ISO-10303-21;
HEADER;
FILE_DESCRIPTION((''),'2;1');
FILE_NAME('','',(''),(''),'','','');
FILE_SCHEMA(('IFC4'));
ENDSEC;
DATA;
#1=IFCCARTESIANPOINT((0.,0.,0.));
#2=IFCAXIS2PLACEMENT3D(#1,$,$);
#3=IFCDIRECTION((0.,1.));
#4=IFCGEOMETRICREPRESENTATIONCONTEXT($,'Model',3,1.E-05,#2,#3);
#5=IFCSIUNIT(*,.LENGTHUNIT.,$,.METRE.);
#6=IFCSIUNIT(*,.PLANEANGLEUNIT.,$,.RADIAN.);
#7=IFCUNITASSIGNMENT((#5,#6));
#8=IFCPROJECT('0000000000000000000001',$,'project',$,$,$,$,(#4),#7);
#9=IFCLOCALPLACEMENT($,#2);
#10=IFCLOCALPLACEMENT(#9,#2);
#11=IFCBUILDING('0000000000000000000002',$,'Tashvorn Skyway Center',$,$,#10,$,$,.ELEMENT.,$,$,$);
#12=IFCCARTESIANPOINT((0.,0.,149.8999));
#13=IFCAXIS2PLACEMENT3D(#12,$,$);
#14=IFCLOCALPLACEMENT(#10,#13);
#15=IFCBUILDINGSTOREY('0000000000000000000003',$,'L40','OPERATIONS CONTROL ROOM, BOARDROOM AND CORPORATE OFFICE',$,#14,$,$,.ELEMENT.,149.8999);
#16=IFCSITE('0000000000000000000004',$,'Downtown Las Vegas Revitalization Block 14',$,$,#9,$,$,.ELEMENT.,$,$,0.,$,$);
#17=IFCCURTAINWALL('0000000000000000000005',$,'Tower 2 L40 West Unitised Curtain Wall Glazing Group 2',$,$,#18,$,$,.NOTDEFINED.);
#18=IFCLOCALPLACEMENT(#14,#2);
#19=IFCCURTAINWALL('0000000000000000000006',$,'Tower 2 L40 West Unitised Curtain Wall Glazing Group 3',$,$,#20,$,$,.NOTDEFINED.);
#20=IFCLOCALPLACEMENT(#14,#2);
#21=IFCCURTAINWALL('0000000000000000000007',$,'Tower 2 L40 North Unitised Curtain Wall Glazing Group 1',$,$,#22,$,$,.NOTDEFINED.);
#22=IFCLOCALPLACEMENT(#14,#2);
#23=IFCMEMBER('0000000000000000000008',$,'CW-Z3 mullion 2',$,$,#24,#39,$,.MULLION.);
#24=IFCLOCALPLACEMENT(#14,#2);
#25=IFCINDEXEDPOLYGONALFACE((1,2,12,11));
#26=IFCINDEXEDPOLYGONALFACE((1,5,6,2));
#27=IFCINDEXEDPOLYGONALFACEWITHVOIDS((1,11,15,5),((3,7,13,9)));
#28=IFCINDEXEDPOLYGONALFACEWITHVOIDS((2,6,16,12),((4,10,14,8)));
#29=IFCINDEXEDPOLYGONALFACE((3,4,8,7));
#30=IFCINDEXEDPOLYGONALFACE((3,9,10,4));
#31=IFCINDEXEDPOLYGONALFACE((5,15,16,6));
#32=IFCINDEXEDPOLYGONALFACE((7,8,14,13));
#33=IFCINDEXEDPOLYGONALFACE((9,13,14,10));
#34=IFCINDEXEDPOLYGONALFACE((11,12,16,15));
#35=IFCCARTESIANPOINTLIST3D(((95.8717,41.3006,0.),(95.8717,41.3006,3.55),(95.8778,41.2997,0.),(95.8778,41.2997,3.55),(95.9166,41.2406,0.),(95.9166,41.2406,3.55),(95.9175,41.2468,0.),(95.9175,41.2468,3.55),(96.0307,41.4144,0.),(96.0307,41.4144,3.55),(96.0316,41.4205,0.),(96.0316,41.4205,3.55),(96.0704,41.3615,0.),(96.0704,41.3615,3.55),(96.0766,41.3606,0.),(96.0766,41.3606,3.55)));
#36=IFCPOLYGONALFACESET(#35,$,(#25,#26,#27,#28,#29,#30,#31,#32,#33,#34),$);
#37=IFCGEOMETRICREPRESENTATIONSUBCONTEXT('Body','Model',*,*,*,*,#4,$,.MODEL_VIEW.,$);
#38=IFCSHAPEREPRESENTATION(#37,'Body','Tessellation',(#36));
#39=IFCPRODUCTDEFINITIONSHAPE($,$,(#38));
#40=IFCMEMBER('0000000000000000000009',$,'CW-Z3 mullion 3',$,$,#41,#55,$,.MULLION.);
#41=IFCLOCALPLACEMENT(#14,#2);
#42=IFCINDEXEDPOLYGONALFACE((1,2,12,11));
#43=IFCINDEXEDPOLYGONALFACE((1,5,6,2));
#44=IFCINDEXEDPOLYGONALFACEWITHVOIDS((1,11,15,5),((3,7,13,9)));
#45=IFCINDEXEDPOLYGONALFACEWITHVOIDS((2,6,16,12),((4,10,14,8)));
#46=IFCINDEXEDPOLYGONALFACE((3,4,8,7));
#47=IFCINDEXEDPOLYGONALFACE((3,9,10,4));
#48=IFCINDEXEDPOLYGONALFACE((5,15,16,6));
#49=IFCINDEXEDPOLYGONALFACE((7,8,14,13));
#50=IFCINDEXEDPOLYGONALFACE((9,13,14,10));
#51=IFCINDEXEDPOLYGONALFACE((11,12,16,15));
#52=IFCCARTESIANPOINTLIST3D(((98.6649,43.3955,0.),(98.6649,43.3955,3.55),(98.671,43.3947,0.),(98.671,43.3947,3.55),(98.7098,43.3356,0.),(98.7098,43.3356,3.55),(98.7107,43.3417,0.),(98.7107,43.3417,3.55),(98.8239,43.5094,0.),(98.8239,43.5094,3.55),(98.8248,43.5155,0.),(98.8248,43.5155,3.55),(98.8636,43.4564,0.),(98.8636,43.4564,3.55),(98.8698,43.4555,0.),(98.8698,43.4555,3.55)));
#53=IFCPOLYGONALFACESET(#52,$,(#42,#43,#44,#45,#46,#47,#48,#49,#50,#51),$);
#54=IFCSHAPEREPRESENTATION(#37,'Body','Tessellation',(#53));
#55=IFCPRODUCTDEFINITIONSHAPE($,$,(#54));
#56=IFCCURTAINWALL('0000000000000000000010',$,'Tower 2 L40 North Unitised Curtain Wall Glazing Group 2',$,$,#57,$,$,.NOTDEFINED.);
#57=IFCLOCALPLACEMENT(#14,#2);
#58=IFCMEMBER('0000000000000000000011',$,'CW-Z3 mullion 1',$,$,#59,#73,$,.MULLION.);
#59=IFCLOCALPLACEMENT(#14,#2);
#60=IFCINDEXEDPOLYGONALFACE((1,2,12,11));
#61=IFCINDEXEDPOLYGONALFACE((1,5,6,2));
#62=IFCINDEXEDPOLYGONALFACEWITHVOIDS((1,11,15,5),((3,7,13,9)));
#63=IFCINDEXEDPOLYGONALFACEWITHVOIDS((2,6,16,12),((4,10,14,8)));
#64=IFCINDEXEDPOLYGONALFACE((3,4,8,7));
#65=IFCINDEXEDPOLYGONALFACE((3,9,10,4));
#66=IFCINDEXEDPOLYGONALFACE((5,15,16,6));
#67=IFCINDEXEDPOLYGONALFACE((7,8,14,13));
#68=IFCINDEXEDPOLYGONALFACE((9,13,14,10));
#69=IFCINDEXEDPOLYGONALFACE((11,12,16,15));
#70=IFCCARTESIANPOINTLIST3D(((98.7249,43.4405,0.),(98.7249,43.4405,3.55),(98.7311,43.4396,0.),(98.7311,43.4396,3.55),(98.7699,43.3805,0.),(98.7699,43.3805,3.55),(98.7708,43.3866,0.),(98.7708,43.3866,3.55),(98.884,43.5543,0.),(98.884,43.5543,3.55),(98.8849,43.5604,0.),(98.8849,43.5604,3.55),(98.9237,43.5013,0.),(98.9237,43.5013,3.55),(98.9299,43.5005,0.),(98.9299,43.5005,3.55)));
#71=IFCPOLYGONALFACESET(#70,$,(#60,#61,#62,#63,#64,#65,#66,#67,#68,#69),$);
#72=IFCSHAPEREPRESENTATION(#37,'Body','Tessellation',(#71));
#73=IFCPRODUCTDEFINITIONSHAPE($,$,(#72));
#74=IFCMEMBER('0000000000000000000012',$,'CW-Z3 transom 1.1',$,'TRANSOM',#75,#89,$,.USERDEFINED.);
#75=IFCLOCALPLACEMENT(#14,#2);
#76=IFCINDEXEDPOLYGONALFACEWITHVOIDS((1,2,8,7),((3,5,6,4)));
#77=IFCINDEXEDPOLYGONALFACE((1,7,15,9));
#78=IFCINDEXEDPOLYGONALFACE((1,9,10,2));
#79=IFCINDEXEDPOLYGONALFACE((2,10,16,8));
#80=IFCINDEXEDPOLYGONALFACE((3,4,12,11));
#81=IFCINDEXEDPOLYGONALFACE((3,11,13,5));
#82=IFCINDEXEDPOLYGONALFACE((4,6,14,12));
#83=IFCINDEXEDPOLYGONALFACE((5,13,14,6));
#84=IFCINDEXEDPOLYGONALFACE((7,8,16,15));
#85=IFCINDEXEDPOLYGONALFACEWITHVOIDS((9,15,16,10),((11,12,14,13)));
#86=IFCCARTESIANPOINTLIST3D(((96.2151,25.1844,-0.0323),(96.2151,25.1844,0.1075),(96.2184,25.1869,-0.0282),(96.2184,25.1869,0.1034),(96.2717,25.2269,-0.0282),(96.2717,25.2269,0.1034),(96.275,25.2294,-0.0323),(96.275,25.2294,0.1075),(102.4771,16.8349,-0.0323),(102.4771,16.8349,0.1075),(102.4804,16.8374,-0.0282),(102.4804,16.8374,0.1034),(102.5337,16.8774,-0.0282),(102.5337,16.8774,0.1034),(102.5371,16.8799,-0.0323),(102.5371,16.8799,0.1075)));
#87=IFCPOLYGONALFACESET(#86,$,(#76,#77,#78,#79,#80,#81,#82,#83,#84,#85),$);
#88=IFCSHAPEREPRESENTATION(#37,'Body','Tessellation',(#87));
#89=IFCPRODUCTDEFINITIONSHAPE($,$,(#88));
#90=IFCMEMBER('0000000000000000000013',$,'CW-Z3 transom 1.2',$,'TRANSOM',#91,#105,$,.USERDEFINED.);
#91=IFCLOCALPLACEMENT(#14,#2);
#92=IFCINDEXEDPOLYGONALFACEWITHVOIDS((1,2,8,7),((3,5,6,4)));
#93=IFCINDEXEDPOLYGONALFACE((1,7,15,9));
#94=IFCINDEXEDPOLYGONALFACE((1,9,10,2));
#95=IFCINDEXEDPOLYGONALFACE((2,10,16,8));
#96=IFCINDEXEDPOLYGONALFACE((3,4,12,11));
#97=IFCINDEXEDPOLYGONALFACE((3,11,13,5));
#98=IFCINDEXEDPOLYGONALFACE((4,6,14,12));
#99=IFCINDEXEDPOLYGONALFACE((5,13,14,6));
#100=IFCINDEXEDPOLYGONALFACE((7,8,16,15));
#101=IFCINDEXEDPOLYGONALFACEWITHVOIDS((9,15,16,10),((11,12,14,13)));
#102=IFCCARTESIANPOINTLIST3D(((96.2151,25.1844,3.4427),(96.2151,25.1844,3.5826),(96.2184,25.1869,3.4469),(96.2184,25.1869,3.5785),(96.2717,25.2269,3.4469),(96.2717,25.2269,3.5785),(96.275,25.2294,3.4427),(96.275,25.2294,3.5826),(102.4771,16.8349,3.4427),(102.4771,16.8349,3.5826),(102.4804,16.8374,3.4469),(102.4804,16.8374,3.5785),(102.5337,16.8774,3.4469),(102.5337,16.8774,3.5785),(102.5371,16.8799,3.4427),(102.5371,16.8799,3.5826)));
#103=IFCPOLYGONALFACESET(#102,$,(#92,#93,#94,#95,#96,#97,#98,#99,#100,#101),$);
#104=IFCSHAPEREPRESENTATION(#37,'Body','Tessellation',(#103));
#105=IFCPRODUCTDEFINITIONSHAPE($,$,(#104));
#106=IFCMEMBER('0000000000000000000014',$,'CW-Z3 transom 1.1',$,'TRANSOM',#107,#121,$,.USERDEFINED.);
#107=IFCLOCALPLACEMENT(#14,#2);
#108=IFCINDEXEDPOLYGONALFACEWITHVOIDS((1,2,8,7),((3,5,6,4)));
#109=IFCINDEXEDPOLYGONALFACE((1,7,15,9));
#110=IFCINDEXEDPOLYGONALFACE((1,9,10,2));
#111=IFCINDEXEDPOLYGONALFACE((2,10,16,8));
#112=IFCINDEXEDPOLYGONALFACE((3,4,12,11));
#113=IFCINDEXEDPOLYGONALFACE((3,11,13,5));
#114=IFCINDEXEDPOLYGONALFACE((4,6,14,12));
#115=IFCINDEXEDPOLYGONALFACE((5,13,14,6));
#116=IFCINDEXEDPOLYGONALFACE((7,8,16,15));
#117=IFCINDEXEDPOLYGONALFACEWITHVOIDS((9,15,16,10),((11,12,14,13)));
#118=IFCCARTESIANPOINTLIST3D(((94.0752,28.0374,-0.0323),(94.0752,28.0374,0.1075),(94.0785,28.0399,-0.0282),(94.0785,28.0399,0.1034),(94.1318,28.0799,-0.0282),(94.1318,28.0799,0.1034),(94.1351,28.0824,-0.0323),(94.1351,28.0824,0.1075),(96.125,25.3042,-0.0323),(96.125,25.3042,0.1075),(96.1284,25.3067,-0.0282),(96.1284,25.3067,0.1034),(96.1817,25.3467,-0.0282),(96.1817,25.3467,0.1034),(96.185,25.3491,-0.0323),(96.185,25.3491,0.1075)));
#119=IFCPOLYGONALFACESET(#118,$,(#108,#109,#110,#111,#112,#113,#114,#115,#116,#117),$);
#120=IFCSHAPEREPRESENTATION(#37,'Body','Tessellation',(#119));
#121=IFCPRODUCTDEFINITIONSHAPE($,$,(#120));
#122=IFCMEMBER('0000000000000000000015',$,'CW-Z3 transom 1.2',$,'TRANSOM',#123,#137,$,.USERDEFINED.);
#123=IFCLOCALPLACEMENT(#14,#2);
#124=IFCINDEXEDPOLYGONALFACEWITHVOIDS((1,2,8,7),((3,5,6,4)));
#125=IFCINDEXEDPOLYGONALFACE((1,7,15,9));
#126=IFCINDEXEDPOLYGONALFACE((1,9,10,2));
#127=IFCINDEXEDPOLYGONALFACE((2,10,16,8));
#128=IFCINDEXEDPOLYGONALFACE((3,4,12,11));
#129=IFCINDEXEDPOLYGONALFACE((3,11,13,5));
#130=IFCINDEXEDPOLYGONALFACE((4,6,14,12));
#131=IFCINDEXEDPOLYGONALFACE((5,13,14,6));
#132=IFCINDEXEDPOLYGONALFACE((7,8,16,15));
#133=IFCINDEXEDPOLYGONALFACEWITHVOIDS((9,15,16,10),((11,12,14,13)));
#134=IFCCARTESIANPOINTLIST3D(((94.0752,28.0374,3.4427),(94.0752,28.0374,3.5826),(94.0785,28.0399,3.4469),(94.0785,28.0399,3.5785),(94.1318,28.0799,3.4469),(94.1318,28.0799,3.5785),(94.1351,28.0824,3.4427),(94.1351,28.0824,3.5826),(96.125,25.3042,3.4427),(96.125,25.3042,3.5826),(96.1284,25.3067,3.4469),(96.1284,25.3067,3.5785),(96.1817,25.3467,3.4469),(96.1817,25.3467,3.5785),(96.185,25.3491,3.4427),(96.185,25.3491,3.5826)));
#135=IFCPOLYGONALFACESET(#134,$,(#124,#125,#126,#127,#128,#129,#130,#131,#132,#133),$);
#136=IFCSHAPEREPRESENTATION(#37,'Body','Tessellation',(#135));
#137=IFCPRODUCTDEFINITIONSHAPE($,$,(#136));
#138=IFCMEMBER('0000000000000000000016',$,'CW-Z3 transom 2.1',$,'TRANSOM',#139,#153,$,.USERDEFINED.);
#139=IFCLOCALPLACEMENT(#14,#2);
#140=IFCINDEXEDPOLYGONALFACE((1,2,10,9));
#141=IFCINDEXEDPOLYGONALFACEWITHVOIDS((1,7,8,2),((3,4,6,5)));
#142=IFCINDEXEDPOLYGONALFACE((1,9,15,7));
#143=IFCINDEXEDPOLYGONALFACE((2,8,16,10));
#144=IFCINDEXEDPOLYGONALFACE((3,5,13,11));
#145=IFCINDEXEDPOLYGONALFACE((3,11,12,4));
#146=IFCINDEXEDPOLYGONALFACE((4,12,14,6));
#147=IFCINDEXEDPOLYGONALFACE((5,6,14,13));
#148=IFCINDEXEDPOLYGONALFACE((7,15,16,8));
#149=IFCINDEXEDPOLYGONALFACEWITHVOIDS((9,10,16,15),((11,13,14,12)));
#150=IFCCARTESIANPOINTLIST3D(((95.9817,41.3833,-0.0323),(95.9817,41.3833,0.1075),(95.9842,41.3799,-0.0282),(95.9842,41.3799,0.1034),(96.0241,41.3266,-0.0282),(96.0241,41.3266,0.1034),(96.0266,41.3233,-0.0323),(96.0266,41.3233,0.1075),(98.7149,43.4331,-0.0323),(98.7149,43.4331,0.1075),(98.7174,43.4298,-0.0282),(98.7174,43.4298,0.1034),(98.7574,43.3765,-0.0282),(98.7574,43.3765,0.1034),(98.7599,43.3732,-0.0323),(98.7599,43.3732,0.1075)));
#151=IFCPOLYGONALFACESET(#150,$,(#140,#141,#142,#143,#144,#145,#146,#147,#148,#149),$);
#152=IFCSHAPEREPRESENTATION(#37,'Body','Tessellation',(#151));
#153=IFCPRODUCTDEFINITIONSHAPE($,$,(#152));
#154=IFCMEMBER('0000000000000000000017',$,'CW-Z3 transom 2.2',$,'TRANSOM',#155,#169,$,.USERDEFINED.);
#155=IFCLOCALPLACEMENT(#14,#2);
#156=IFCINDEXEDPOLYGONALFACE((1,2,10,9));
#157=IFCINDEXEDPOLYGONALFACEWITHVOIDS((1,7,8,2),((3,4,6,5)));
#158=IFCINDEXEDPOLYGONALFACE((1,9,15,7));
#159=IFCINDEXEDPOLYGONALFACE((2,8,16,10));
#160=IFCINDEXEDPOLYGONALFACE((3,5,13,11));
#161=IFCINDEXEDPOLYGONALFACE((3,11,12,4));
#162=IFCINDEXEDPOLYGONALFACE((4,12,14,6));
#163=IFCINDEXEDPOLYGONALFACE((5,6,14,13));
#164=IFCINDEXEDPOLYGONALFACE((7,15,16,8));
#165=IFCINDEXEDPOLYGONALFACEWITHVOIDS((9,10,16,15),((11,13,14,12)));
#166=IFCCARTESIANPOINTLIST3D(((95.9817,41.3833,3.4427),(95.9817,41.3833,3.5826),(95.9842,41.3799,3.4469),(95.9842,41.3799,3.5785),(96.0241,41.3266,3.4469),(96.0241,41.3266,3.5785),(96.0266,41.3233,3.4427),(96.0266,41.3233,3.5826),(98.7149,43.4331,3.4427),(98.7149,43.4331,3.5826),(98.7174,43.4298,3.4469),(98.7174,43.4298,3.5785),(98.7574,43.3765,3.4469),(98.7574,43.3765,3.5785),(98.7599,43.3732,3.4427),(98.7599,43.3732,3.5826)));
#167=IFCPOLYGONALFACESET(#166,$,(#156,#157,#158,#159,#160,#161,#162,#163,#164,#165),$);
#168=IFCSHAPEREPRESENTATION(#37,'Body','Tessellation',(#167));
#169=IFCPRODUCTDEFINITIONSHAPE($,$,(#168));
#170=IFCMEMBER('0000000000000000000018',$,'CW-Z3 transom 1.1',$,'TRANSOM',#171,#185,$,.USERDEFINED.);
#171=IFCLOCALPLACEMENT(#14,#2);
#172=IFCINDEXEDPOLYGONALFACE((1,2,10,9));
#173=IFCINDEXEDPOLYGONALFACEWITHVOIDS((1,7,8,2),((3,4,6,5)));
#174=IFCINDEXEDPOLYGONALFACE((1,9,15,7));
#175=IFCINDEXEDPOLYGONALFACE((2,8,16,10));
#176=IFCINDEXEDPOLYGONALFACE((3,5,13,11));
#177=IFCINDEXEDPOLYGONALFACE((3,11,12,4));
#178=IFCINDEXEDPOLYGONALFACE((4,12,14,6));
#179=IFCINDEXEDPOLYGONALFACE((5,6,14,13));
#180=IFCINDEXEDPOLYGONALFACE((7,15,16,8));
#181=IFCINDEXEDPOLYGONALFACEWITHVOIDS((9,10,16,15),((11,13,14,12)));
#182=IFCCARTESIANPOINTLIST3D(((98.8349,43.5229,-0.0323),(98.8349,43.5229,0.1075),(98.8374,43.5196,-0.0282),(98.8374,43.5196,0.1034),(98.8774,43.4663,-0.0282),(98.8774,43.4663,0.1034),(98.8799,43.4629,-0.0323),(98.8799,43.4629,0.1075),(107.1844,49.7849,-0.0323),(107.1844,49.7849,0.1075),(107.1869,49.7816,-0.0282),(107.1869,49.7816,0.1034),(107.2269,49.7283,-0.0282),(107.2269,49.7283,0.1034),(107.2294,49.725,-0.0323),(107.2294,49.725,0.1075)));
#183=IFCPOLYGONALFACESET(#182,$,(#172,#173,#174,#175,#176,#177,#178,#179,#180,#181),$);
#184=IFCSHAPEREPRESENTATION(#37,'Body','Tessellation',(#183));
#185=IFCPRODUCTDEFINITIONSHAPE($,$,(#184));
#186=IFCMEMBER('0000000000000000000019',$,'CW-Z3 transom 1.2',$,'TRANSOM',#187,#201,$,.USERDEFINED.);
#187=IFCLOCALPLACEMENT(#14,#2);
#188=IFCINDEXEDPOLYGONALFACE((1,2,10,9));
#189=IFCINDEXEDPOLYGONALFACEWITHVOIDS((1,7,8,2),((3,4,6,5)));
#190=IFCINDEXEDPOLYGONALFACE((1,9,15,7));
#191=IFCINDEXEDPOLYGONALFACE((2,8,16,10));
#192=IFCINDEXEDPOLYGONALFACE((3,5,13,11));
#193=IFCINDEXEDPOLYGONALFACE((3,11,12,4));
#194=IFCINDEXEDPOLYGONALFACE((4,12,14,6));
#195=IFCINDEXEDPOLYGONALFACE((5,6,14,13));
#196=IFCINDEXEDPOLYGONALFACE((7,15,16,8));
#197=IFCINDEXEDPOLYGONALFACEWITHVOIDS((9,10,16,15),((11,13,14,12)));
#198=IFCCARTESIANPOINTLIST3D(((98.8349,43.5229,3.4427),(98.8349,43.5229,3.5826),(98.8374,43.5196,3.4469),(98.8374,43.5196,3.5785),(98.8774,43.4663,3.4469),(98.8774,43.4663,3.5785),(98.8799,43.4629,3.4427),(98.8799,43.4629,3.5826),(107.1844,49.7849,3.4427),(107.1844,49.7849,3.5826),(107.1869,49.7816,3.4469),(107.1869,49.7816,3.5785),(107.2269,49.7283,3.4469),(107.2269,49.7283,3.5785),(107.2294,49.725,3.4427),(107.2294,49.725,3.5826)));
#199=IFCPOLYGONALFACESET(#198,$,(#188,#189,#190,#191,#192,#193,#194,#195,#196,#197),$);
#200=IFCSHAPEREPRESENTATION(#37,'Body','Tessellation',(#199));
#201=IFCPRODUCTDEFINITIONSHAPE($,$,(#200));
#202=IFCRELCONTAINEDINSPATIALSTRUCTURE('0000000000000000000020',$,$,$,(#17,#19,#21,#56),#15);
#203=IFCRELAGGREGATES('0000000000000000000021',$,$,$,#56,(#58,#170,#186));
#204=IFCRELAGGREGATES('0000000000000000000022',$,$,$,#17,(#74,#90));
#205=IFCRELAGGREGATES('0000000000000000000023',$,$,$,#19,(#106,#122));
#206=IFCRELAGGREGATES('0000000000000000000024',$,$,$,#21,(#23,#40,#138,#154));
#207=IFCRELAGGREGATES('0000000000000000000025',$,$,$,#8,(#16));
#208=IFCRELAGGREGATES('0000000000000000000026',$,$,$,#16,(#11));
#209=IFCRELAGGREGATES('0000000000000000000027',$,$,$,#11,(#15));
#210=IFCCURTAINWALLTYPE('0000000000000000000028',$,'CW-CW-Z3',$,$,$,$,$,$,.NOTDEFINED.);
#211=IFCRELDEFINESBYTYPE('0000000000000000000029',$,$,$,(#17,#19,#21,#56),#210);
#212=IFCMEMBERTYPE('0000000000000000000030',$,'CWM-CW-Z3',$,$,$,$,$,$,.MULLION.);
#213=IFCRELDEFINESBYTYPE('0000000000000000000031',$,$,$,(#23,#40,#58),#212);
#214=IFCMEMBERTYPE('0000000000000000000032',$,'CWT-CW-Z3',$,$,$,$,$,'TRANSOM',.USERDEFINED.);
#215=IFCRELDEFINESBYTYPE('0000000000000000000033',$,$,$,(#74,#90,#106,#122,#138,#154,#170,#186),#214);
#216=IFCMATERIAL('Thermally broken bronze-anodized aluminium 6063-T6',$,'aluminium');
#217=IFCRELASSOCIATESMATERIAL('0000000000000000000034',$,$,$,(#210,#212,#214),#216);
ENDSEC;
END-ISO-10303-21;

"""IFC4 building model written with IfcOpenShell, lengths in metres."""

from ifc_helpers import new_model, si_unit, direction, frame, origin, origin_2d, place, context, subcontext, project, spatial, hollow_rectangle, extrude, material, material_profile, profile_set, type_object, element, aggregate, save


model = new_model("IFC4")

# Units and contexts
model_context = context("Model", 3, precision=1e-05, world=origin(), true_north=direction((0.0, 1.0)))
body_context = subcontext(model_context, "Body", "Model", "MODEL_VIEW")
ifc_project = project(units=[si_unit("LENGTHUNIT", "METRE"), si_unit("PLANEANGLEUNIT", "RADIAN")], contexts=[model_context])

# Site, building, storey
site_placement = place(None, origin())
site = spatial("IfcSite", under=ifc_project, at=site_placement, Name="Downtown Las Vegas Revitalization Block 14", CompositionType="ELEMENT", RefElevation=0.0)
building_placement = place(site_placement, origin())
building = spatial("IfcBuilding", under=site, at=building_placement, Name="Tashvorn Skyway Center", CompositionType="ELEMENT")
storey_placement = place(building_placement, frame((0.0, 0.0, 149.8999)))
storey = spatial("IfcBuildingStorey", under=building, at=storey_placement, Name="L40", Description="OPERATIONS CONTROL ROOM, BOARDROOM AND CORPORATE OFFICE", CompositionType="ELEMENT", Elevation=149.8999)

# Shared definitions
ifc_material_1 = material(Name="Thermally broken bronze-anodized aluminium 6063-T6", Category="aluminium")
curtain_wall_type = type_object("IfcCurtainWallType", Name="CW-CW-Z3", PredefinedType="NOTDEFINED", material=ifc_material_1)
ifc_material_profile_1 = material_profile(ifc_material_1, hollow_rectangle(XDim=0.075, YDim=0.2, WallThickness=0.0044, at=origin_2d()), Name="ALU-MULL-75x200")
ifc_profile_set_1 = profile_set([ifc_material_profile_1], Name="Thermally broken bronze-anodized aluminium 6063-T6")
member_type_1 = type_object("IfcMemberType", Name="CWM-CW-Z3", PredefinedType="MULLION", material=ifc_profile_set_1)

# Curtain wall
curtain_wall_1_placement = place(storey_placement, origin())
curtain_wall_1 = element("IfcCurtainWall", 1, at=curtain_wall_1_placement, inside=storey, type_object=curtain_wall_type, Name="Tower 2 L40 West Unitised Curtain Wall Glazing Group 2", PredefinedType="NOTDEFINED")

# Curtain wall
curtain_wall_2_placement = place(storey_placement, origin())
curtain_wall_2 = element("IfcCurtainWall", 2, at=curtain_wall_2_placement, inside=storey, type_object=curtain_wall_type, Name="Tower 2 L40 West Unitised Curtain Wall Glazing Group 3", PredefinedType="NOTDEFINED")

# Curtain wall, members
curtain_wall_3_placement = place(storey_placement, origin())
curtain_wall_3 = element("IfcCurtainWall", 3, at=curtain_wall_3_placement, inside=storey, type_object=curtain_wall_type, Name="Tower 2 L40 North Unitised Curtain Wall Glazing Group 1", PredefinedType="NOTDEFINED")
member_1_placement = place(storey_placement, frame((95.9741, 41.3306, 0.0), z_axis=(0.0, 0.0, 1.0), x_axis=(-0.600005, 0.799997, 0.0)))
member_1 = element("IfcMember", 4, at=member_1_placement, type_object=member_type_1, Name="CW-Z3 mullion 2", PredefinedType="MULLION", context=body_context, shape_type="SweptSolid", body=[
    extrude(hollow_rectangle(XDim=0.075, YDim=0.2, WallThickness=0.0044, at=origin_2d()), origin(), (0.0, 0.0, 1.0), 3.55),
])
member_2_placement = place(storey_placement, frame((98.7673, 43.4255, 0.0), z_axis=(0.0, 0.0, 1.0), x_axis=(-0.600005, 0.799997, 0.0)))
member_2 = element("IfcMember", 5, at=member_2_placement, type_object=member_type_1, Name="CW-Z3 mullion 3", PredefinedType="MULLION", context=body_context, shape_type="SweptSolid", body=[
    extrude(hollow_rectangle(XDim=0.075, YDim=0.2, WallThickness=0.0044, at=origin_2d()), origin(), (0.0, 0.0, 1.0), 3.55),
])

# Curtain wall, member
curtain_wall_4_placement = place(storey_placement, origin())
curtain_wall_4 = element("IfcCurtainWall", 6, at=curtain_wall_4_placement, inside=storey, type_object=curtain_wall_type, Name="Tower 2 L40 North Unitised Curtain Wall Glazing Group 2", PredefinedType="NOTDEFINED")
member_3_placement = place(storey_placement, frame((98.8274, 43.4705, 0.0), z_axis=(0.0, 0.0, 1.0), x_axis=(-0.599997, 0.800002, 0.0)))
member_3 = element("IfcMember", 7, at=member_3_placement, type_object=member_type_1, Name="CW-Z3 mullion 1", PredefinedType="MULLION", context=body_context, shape_type="SweptSolid", body=[
    extrude(hollow_rectangle(XDim=0.075, YDim=0.2, WallThickness=0.0044, at=origin_2d()), origin(), (0.0, 0.0, 1.0), 3.55),
])

# Members
ifc_material_profile_2 = material_profile(ifc_material_1, hollow_rectangle(XDim=0.075, YDim=0.1399, WallThickness=0.0042, at=origin_2d()), Name="ALU-TRAN-75x140")
ifc_profile_set_2 = profile_set([ifc_material_profile_2], Name="Thermally broken bronze-anodized aluminium 6063-T6")
member_type_2 = type_object("IfcMemberType", Name="CWT-CW-Z3", ElementType="TRANSOM", PredefinedType="USERDEFINED", material=ifc_profile_set_2)
member_4_placement = place(storey_placement, frame((102.5071, 16.8574, 0.0376), z_axis=(-0.599996, 0.800003, 0.0), x_axis=(-0.800003, -0.599996, 0.0)))
member_4 = element("IfcMember", 8, at=member_4_placement, type_object=member_type_2, Name="CW-Z3 transom 1.1", ObjectType="TRANSOM", PredefinedType="USERDEFINED", context=body_context, shape_type="SweptSolid", body=[
    extrude(hollow_rectangle(XDim=0.075, YDim=0.1399, WallThickness=0.0042, at=origin_2d()), origin(), (0.0, 0.0, 1.0), 10.4368),
])
member_5_placement = place(storey_placement, frame((102.5071, 16.8574, 3.5127), z_axis=(-0.599996, 0.800003, 0.0), x_axis=(-0.800003, -0.599996, 0.0)))
member_5 = element("IfcMember", 9, at=member_5_placement, type_object=member_type_2, Name="CW-Z3 transom 1.2", ObjectType="TRANSOM", PredefinedType="USERDEFINED", context=body_context, shape_type="SweptSolid", body=[
    extrude(hollow_rectangle(XDim=0.075, YDim=0.1399, WallThickness=0.0042, at=origin_2d()), origin(), (0.0, 0.0, 1.0), 10.4368),
])
member_6_placement = place(storey_placement, frame((96.155, 25.3267, 0.0376), z_axis=(-0.599989, 0.800009, 0.0), x_axis=(-0.800009, -0.599989, 0.0)))
member_6 = element("IfcMember", 10, at=member_6_placement, type_object=member_type_2, Name="CW-Z3 transom 1.1", ObjectType="TRANSOM", PredefinedType="USERDEFINED", context=body_context, shape_type="SweptSolid", body=[
    extrude(hollow_rectangle(XDim=0.075, YDim=0.1399, WallThickness=0.0042, at=origin_2d()), origin(), (0.0, 0.0, 1.0), 3.4165),
])
member_7_placement = place(storey_placement, frame((96.155, 25.3267, 3.5127), z_axis=(-0.599989, 0.800009, 0.0), x_axis=(-0.800009, -0.599989, 0.0)))
member_7 = element("IfcMember", 11, at=member_7_placement, type_object=member_type_2, Name="CW-Z3 transom 1.2", ObjectType="TRANSOM", PredefinedType="USERDEFINED", context=body_context, shape_type="SweptSolid", body=[
    extrude(hollow_rectangle(XDim=0.075, YDim=0.1399, WallThickness=0.0042, at=origin_2d()), origin(), (0.0, 0.0, 1.0), 3.4165),
])
member_8_placement = place(storey_placement, frame((96.0042, 41.3533, 0.0376), z_axis=(0.800009, 0.599989, 0.0), x_axis=(-0.599989, 0.800009, 0.0)))
member_8 = element("IfcMember", 12, at=member_8_placement, type_object=member_type_2, Name="CW-Z3 transom 2.1", ObjectType="TRANSOM", PredefinedType="USERDEFINED", context=body_context, shape_type="SweptSolid", body=[
    extrude(hollow_rectangle(XDim=0.075, YDim=0.1399, WallThickness=0.0042, at=origin_2d()), origin(), (0.0, 0.0, 1.0), 3.4165),
])
member_9_placement = place(storey_placement, frame((96.0042, 41.3533, 3.5127), z_axis=(0.800009, 0.599989, 0.0), x_axis=(-0.599989, 0.800009, 0.0)))
member_9 = element("IfcMember", 13, at=member_9_placement, type_object=member_type_2, Name="CW-Z3 transom 2.2", ObjectType="TRANSOM", PredefinedType="USERDEFINED", context=body_context, shape_type="SweptSolid", body=[
    extrude(hollow_rectangle(XDim=0.075, YDim=0.1399, WallThickness=0.0042, at=origin_2d()), origin(), (0.0, 0.0, 1.0), 3.4165),
])
member_10_placement = place(storey_placement, frame((98.8574, 43.4929, 0.0376), z_axis=(0.800003, 0.599996, 0.0), x_axis=(-0.599996, 0.800003, 0.0)))
member_10 = element("IfcMember", 14, at=member_10_placement, type_object=member_type_2, Name="CW-Z3 transom 1.1", ObjectType="TRANSOM", PredefinedType="USERDEFINED", context=body_context, shape_type="SweptSolid", body=[
    extrude(hollow_rectangle(XDim=0.075, YDim=0.1399, WallThickness=0.0042, at=origin_2d()), origin(), (0.0, 0.0, 1.0), 10.4368),
])
member_11_placement = place(storey_placement, frame((98.8574, 43.4929, 3.5127), z_axis=(0.800003, 0.599996, 0.0), x_axis=(-0.599996, 0.800003, 0.0)))
member_11 = element("IfcMember", 15, at=member_11_placement, type_object=member_type_2, Name="CW-Z3 transom 1.2", ObjectType="TRANSOM", PredefinedType="USERDEFINED", context=body_context, shape_type="SweptSolid", body=[
    extrude(hollow_rectangle(XDim=0.075, YDim=0.1399, WallThickness=0.0042, at=origin_2d()), origin(), (0.0, 0.0, 1.0), 10.4368),
])
aggregate(curtain_wall_4, [member_3, member_10, member_11])

aggregate(curtain_wall_1, [member_4, member_5])
aggregate(curtain_wall_2, [member_6, member_7])
aggregate(curtain_wall_3, [member_1, member_2, member_8, member_9])

save(model, "model.ifc")
